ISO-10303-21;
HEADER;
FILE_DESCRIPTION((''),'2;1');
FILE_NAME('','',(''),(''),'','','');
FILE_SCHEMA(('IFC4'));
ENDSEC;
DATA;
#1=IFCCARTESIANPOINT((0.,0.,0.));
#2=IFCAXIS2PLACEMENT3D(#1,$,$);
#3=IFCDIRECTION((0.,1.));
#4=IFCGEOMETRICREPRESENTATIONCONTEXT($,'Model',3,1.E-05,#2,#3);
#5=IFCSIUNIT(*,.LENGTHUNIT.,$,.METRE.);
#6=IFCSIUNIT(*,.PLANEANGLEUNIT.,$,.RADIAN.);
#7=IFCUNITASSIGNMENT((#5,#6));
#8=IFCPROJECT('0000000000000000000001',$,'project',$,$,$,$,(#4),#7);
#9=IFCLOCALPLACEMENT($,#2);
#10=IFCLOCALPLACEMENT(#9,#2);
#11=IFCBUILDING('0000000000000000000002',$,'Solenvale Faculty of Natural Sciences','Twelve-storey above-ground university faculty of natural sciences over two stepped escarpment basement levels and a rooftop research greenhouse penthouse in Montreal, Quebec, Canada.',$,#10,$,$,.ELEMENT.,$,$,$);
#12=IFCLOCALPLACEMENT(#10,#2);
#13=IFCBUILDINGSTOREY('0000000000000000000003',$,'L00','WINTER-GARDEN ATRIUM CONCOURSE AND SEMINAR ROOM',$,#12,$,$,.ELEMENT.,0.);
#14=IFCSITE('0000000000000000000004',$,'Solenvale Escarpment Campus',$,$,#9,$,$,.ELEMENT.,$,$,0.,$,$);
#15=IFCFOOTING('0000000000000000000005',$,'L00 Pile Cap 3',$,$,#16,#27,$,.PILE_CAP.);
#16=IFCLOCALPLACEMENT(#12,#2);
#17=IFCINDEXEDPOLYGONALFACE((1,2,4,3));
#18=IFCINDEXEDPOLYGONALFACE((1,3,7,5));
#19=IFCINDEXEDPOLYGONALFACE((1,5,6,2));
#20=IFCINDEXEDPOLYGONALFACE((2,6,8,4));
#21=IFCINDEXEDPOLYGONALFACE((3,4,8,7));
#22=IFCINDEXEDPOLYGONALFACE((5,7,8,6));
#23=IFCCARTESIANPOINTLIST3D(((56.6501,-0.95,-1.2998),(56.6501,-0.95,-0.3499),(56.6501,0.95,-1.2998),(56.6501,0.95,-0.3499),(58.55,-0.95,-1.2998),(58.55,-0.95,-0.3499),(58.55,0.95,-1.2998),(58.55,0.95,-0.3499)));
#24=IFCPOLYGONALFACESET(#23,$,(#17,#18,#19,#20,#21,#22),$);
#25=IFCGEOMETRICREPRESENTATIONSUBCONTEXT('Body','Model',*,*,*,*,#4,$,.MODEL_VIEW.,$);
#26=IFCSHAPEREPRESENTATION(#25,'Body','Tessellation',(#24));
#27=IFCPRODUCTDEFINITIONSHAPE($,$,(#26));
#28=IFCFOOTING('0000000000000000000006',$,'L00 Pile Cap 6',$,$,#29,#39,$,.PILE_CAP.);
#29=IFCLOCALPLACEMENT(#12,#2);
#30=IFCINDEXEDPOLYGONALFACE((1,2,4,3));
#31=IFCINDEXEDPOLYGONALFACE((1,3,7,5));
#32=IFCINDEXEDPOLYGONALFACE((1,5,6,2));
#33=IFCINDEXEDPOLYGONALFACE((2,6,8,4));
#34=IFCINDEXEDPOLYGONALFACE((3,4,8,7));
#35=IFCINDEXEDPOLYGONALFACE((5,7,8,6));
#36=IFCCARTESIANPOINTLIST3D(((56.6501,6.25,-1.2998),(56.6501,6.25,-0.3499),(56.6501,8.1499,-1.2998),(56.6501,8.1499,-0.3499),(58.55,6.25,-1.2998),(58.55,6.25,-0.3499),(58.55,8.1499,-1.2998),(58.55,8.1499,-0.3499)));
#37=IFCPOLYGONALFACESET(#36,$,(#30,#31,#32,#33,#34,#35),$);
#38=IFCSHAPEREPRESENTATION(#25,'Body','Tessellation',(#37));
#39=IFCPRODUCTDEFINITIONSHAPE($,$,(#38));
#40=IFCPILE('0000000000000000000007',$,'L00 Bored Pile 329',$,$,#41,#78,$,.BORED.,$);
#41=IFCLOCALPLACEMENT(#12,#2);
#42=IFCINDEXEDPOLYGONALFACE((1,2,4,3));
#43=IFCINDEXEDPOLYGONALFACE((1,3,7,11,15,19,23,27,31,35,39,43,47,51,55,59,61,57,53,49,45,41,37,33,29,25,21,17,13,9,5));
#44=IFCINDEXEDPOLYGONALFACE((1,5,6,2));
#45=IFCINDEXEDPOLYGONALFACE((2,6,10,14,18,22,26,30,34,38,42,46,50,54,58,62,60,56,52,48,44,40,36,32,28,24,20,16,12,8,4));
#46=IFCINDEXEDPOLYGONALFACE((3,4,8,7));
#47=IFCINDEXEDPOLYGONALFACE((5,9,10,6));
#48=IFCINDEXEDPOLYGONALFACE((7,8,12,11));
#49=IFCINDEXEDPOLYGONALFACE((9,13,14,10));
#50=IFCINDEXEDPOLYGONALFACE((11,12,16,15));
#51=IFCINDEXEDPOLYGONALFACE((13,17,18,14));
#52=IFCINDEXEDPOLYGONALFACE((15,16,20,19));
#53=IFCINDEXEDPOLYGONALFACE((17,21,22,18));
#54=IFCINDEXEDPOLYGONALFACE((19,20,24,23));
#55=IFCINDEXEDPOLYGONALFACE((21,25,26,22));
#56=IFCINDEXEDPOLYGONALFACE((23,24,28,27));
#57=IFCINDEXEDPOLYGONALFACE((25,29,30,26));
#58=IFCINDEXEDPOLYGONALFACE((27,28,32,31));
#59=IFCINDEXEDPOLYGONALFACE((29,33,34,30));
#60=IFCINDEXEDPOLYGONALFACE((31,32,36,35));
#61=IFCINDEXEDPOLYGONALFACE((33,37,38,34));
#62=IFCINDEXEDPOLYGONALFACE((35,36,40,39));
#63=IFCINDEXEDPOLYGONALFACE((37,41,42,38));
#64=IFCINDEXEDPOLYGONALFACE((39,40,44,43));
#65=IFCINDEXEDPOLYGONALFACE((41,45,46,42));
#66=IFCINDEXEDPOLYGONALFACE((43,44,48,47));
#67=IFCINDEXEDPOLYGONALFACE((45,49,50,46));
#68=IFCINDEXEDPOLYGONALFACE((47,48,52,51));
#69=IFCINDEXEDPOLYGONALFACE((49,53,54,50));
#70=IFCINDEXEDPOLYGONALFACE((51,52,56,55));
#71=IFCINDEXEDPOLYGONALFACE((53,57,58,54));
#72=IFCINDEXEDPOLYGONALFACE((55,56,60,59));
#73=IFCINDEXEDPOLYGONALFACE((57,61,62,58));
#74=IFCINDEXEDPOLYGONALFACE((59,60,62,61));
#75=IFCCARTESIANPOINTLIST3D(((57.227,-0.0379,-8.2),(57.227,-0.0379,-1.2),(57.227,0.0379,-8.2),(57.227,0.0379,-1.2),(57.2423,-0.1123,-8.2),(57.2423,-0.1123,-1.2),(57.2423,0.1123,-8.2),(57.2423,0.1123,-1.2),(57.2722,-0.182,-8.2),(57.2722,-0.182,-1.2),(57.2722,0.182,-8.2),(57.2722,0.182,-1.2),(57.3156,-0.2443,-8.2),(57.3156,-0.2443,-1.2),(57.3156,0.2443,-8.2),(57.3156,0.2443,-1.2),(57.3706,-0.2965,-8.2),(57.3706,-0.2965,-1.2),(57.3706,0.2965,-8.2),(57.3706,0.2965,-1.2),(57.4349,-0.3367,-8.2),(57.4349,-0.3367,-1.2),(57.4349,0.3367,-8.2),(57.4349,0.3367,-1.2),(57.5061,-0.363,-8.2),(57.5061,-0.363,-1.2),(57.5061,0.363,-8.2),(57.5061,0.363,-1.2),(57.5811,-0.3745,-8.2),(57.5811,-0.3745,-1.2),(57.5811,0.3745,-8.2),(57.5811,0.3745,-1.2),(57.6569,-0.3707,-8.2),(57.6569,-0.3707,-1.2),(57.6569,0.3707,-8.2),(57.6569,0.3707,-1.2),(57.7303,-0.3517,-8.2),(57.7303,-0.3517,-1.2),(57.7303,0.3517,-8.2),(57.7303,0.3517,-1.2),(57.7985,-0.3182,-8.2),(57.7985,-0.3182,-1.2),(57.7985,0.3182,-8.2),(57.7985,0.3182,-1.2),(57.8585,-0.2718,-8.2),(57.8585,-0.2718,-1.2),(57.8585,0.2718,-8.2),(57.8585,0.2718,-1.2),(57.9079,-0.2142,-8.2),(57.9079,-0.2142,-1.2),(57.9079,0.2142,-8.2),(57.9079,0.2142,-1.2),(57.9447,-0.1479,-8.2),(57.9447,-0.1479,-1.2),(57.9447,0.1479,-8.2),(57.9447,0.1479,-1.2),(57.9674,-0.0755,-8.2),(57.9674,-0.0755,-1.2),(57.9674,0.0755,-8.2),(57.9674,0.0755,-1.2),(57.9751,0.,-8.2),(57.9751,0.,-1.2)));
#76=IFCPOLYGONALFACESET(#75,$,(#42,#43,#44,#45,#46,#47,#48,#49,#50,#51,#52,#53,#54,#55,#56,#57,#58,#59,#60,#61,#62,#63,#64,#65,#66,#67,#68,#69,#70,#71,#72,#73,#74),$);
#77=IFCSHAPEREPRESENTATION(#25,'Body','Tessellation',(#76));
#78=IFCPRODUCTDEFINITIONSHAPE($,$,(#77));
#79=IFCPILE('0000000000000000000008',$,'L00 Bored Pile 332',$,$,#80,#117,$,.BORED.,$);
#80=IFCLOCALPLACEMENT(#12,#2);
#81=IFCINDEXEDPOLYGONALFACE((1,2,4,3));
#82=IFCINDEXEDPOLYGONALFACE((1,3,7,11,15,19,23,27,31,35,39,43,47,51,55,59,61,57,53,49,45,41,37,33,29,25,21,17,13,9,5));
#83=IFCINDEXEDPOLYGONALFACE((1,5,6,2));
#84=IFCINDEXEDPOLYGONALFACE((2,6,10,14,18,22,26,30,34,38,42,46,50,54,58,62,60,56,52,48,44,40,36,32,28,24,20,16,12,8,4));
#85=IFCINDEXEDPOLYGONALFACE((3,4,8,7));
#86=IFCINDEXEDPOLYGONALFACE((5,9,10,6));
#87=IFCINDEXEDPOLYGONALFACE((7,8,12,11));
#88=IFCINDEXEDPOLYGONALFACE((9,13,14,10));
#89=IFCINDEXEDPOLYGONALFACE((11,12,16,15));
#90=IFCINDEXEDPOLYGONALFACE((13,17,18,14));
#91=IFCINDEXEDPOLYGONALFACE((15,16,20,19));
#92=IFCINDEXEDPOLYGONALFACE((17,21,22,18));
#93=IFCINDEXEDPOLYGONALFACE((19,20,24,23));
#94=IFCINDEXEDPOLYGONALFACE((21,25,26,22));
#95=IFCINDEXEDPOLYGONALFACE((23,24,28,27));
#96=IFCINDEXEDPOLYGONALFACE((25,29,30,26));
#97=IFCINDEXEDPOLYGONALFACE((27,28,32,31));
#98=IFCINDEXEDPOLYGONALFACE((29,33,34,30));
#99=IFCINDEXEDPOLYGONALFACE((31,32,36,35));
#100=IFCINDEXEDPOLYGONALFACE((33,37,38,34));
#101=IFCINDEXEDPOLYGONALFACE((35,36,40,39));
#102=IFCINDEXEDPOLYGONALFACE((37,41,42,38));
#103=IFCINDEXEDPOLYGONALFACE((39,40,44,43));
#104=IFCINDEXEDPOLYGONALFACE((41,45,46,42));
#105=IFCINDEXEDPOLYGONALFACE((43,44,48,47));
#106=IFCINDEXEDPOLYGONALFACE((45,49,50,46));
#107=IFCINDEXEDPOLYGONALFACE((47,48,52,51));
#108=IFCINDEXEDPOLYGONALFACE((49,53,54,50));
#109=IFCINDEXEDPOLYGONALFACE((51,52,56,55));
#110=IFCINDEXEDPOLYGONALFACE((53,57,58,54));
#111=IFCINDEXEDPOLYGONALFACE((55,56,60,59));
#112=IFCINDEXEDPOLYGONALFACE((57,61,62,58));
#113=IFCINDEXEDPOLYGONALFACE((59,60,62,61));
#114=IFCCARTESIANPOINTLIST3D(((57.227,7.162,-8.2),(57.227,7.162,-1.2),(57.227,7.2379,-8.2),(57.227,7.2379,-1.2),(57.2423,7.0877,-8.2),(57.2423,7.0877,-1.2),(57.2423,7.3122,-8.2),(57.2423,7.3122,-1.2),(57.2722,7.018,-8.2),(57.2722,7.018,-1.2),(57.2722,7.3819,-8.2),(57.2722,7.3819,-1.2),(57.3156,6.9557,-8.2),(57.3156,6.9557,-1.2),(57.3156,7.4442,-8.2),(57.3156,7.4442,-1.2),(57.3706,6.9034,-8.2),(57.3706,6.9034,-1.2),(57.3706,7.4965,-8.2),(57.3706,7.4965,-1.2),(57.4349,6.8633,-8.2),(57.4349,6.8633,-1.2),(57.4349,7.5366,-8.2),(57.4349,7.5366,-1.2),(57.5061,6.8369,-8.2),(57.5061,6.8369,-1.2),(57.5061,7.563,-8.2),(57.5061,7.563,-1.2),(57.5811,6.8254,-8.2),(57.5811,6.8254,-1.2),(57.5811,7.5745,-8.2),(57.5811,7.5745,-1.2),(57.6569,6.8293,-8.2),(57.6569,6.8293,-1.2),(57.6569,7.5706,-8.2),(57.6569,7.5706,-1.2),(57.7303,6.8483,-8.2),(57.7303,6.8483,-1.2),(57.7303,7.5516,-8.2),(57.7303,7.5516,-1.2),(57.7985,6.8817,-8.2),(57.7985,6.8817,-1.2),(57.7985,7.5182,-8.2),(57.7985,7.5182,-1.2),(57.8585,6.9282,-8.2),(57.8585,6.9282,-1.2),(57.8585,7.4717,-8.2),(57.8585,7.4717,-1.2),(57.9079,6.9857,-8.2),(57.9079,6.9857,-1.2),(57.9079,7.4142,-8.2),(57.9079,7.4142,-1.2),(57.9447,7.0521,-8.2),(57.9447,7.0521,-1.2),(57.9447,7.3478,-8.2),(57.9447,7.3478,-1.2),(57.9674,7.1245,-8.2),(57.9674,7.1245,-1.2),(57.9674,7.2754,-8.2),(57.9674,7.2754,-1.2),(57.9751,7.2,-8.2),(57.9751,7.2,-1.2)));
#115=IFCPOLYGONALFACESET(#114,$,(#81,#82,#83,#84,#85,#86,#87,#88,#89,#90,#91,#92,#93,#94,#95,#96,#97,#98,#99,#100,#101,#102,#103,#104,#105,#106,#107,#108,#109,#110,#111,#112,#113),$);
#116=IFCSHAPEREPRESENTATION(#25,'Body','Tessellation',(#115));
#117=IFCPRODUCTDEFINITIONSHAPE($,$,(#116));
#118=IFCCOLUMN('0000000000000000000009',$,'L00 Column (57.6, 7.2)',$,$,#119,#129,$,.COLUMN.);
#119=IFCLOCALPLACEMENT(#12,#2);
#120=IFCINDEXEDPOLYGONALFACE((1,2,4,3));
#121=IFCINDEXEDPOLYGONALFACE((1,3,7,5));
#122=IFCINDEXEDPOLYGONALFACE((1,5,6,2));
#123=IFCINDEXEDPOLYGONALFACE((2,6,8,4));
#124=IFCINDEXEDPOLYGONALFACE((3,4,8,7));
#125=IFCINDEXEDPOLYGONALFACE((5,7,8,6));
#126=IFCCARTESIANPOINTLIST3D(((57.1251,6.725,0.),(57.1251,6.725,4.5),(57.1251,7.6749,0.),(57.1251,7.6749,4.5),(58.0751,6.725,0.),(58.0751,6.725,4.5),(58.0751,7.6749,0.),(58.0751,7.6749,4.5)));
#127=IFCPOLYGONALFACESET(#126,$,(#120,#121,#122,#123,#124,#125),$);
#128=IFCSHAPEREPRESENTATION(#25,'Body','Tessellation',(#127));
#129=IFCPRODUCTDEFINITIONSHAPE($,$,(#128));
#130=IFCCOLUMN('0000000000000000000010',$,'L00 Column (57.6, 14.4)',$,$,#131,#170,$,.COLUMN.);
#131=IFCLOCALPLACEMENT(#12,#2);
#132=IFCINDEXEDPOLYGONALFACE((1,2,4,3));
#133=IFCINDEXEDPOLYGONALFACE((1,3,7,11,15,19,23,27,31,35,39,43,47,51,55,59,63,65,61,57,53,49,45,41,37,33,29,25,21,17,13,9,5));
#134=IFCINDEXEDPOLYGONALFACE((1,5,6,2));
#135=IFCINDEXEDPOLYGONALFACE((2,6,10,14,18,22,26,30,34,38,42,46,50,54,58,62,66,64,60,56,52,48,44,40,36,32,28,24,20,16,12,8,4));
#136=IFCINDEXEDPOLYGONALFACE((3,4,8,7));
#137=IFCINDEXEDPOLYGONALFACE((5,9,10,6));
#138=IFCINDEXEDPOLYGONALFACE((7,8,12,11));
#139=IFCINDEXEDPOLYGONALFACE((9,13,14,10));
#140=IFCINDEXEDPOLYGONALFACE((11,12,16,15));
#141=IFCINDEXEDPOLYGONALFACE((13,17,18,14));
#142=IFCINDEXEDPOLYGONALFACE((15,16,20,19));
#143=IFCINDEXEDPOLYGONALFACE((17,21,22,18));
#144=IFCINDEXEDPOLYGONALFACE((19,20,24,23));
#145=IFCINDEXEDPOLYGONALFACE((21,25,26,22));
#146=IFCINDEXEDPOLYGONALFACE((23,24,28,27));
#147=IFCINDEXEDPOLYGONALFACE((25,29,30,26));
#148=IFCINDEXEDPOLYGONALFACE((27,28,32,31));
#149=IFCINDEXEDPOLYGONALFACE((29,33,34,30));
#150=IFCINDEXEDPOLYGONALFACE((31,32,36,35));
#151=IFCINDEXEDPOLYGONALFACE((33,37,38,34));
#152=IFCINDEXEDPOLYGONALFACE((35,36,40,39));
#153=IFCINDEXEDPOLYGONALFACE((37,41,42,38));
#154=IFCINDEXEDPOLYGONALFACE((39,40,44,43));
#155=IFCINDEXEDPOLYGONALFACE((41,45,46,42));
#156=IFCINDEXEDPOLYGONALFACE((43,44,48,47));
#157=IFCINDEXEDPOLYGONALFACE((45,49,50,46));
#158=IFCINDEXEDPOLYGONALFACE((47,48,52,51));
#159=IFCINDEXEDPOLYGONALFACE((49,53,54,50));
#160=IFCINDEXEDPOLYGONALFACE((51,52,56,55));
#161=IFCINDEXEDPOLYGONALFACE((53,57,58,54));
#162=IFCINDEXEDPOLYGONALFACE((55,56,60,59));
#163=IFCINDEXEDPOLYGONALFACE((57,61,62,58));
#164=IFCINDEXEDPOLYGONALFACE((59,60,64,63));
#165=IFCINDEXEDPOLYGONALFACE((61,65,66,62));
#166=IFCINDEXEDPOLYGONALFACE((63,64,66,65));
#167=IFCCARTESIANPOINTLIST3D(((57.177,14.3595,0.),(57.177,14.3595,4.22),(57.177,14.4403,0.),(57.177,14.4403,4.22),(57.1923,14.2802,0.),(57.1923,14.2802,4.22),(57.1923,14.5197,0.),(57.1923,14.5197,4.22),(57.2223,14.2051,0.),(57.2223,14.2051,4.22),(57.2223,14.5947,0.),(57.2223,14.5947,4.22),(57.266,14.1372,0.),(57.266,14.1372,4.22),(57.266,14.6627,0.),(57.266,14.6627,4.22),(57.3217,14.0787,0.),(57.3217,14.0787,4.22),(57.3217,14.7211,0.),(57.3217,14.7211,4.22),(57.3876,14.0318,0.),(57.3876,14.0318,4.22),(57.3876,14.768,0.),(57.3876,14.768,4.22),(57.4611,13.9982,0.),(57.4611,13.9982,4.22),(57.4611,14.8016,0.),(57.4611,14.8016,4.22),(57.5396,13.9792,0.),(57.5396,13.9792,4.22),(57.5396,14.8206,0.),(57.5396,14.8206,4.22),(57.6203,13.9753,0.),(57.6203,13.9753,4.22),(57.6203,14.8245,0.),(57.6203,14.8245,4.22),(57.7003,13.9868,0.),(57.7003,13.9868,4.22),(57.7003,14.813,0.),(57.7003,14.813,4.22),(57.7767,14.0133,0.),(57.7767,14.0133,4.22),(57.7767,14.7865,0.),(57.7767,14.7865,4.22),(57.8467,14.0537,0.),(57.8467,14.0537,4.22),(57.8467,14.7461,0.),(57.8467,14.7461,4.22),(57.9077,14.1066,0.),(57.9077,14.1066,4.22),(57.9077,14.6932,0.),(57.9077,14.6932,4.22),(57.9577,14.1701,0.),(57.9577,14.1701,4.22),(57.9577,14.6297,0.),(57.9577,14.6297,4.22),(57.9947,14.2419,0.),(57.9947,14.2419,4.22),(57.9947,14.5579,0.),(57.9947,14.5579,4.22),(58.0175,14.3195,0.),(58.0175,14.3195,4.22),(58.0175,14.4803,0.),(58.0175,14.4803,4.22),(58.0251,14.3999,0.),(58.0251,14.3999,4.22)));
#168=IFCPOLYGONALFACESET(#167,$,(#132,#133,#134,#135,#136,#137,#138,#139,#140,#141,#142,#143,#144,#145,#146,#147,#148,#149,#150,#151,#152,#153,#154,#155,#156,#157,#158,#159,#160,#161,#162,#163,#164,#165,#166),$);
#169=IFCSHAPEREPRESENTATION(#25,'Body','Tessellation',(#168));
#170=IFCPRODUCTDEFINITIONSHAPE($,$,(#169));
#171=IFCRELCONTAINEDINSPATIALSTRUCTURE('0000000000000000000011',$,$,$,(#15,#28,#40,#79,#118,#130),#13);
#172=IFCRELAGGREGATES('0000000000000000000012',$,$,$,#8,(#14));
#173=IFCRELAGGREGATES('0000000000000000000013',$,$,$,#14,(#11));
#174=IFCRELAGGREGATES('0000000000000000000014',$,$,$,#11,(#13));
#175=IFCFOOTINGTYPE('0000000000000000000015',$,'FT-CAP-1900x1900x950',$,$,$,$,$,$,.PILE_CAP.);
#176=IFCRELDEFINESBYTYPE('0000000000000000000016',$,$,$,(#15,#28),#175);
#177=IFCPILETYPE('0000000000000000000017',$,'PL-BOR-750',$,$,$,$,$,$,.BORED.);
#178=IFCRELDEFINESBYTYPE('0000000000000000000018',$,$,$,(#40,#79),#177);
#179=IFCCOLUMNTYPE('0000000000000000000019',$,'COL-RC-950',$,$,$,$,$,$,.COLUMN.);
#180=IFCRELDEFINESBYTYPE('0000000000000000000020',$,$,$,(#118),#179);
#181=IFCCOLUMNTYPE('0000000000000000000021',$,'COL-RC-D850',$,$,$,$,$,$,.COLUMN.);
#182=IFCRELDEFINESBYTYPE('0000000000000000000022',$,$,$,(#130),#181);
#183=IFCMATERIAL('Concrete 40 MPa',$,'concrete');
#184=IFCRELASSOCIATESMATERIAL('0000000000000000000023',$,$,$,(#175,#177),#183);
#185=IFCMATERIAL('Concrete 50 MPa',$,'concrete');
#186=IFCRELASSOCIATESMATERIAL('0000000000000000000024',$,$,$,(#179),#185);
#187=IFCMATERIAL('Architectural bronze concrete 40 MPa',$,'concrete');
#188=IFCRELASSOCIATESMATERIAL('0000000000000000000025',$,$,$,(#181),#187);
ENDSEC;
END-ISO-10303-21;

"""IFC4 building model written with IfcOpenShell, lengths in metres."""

from ifc_helpers import new_model, si_unit, direction, frame, origin, origin_2d, place, context, subcontext, project, spatial, rectangle, circle, extrude, material, material_profile, profile_set, type_object, element, save


model = new_model("IFC4")

# Units and contexts
model_context = context("Model", 3, precision=1e-05, world=origin(), true_north=direction((0.0, 1.0)))
body_context = subcontext(model_context, "Body", "Model", "MODEL_VIEW")
ifc_project = project(units=[si_unit("LENGTHUNIT", "METRE"), si_unit("PLANEANGLEUNIT", "RADIAN")], contexts=[model_context])

# Site, building, storey
site_placement = place(None, origin())
site = spatial("IfcSite", under=ifc_project, at=site_placement, Name="Solenvale Escarpment Campus", CompositionType="ELEMENT", RefElevation=0.0)
building_placement = place(site_placement, origin())
building = spatial("IfcBuilding", under=site, at=building_placement, Name="Solenvale Faculty of Natural Sciences", Description="Twelve-storey above-ground university faculty of natural sciences over two stepped escarpment basement levels and a rooftop research greenhouse penthouse in Montreal, Quebec, Canada.", CompositionType="ELEMENT")
storey_placement = place(building_placement, origin())
storey = spatial("IfcBuildingStorey", under=building, at=storey_placement, Name="L00", Description="WINTER-GARDEN ATRIUM CONCOURSE AND SEMINAR ROOM", CompositionType="ELEMENT", Elevation=0.0)

# Footings
ifc_material_1 = material(Name="Concrete 40 MPa", Category="concrete")
footing_type = type_object("IfcFootingType", Name="FT-CAP-1900x1900x950", PredefinedType="PILE_CAP", material=ifc_material_1)
for number, where, z_axis, x_axis, name in (
    (1, (57.6001, 0.0, -1.2998), (0.0, 0.0, 1.0), (1.0, 0.0, 0.0), "L00 Pile Cap 3"),
    (2, (57.6001, 7.2, -1.2998), (0.0, 0.0, 1.0), (1.0, 0.0, 0.0), "L00 Pile Cap 6"),
):
    element("IfcFooting", number, at=place(storey_placement, frame(where, z_axis=z_axis, x_axis=x_axis)), inside=storey, type_object=footing_type, Name=name, PredefinedType="PILE_CAP", context=body_context, shape_type="SweptSolid", body=[
        extrude(rectangle(XDim=1.8999, YDim=1.8999, at=origin_2d()), origin(), (0.0, 0.0, 1.0), 0.95),
    ])

# Piles
ifc_material_profile_1 = material_profile(ifc_material_1, circle(Radius=0.375, at=origin_2d()), Name="PILE-D750")
ifc_profile_set_1 = profile_set([ifc_material_profile_1], Name="Concrete 40 MPa")
pile_type = type_object("IfcPileType", Name="PL-BOR-750", PredefinedType="BORED", material=ifc_profile_set_1)
for number, where, z_axis, x_axis, name in (
    (3, (57.6001, 0.0, -1.2), (0.0, 0.0, -1.0), (1.0, 0.0, 0.0), "L00 Bored Pile 329"),
    (4, (57.6001, 7.2, -1.2), (0.0, 0.0, -1.0), (1.0, 0.0, 0.0), "L00 Bored Pile 332"),
):
    element("IfcPile", number, at=place(storey_placement, frame(where, z_axis=z_axis, x_axis=x_axis)), inside=storey, type_object=pile_type, Name=name, PredefinedType="BORED", context=body_context, shape_type="SweptSolid", body=[
        extrude(circle(Radius=0.375, at=origin_2d()), origin(), (0.0, 0.0, 1.0), 7.0),
    ])

# Columns
ifc_material_2 = material(Name="Concrete 50 MPa", Category="concrete")
ifc_material_profile_2 = material_profile(ifc_material_2, rectangle(XDim=0.95, YDim=0.95, at=origin_2d()), Name="RC-COL-950x950")
ifc_profile_set_2 = profile_set([ifc_material_profile_2], Name="Concrete 50 MPa")
column_type_1 = type_object("IfcColumnType", Name="COL-RC-950", PredefinedType="COLUMN", material=ifc_profile_set_2)
column_1_placement = place(storey_placement, frame((57.6001, 7.2, 0.0), z_axis=(0.0, 0.0, 1.0), x_axis=(1.0, 0.0, 0.0)))
element("IfcColumn", 5, at=column_1_placement, inside=storey, type_object=column_type_1, Name="L00 Column (57.6, 7.2)", PredefinedType="COLUMN", context=body_context, shape_type="SweptSolid", body=[
    extrude(rectangle(XDim=0.95, YDim=0.95, at=origin_2d()), origin(), (0.0, 0.0, 1.0), 4.5),
])
ifc_material_3 = material(Name="Architectural bronze concrete 40 MPa", Category="concrete")
ifc_material_profile_3 = material_profile(ifc_material_3, circle(Radius=0.425, at=origin_2d()), Name="RC-COL-D850")
ifc_profile_set_3 = profile_set([ifc_material_profile_3], Name="Architectural bronze concrete 40 MPa")
column_type_2 = type_object("IfcColumnType", Name="COL-RC-D850", PredefinedType="COLUMN", material=ifc_profile_set_3)
column_2_placement = place(storey_placement, frame((57.6001, 14.3999, 0.0), z_axis=(0.0, 0.0, 1.0), x_axis=(1.0, 0.0, 0.0)))
element("IfcColumn", 6, at=column_2_placement, inside=storey, type_object=column_type_2, Name="L00 Column (57.6, 14.4)", PredefinedType="COLUMN", context=body_context, shape_type="SweptSolid", body=[
    extrude(circle(Radius=0.425, at=origin_2d()), origin(), (0.0, 0.0, 1.0), 4.22),
])

save(model, "model.ifc")
